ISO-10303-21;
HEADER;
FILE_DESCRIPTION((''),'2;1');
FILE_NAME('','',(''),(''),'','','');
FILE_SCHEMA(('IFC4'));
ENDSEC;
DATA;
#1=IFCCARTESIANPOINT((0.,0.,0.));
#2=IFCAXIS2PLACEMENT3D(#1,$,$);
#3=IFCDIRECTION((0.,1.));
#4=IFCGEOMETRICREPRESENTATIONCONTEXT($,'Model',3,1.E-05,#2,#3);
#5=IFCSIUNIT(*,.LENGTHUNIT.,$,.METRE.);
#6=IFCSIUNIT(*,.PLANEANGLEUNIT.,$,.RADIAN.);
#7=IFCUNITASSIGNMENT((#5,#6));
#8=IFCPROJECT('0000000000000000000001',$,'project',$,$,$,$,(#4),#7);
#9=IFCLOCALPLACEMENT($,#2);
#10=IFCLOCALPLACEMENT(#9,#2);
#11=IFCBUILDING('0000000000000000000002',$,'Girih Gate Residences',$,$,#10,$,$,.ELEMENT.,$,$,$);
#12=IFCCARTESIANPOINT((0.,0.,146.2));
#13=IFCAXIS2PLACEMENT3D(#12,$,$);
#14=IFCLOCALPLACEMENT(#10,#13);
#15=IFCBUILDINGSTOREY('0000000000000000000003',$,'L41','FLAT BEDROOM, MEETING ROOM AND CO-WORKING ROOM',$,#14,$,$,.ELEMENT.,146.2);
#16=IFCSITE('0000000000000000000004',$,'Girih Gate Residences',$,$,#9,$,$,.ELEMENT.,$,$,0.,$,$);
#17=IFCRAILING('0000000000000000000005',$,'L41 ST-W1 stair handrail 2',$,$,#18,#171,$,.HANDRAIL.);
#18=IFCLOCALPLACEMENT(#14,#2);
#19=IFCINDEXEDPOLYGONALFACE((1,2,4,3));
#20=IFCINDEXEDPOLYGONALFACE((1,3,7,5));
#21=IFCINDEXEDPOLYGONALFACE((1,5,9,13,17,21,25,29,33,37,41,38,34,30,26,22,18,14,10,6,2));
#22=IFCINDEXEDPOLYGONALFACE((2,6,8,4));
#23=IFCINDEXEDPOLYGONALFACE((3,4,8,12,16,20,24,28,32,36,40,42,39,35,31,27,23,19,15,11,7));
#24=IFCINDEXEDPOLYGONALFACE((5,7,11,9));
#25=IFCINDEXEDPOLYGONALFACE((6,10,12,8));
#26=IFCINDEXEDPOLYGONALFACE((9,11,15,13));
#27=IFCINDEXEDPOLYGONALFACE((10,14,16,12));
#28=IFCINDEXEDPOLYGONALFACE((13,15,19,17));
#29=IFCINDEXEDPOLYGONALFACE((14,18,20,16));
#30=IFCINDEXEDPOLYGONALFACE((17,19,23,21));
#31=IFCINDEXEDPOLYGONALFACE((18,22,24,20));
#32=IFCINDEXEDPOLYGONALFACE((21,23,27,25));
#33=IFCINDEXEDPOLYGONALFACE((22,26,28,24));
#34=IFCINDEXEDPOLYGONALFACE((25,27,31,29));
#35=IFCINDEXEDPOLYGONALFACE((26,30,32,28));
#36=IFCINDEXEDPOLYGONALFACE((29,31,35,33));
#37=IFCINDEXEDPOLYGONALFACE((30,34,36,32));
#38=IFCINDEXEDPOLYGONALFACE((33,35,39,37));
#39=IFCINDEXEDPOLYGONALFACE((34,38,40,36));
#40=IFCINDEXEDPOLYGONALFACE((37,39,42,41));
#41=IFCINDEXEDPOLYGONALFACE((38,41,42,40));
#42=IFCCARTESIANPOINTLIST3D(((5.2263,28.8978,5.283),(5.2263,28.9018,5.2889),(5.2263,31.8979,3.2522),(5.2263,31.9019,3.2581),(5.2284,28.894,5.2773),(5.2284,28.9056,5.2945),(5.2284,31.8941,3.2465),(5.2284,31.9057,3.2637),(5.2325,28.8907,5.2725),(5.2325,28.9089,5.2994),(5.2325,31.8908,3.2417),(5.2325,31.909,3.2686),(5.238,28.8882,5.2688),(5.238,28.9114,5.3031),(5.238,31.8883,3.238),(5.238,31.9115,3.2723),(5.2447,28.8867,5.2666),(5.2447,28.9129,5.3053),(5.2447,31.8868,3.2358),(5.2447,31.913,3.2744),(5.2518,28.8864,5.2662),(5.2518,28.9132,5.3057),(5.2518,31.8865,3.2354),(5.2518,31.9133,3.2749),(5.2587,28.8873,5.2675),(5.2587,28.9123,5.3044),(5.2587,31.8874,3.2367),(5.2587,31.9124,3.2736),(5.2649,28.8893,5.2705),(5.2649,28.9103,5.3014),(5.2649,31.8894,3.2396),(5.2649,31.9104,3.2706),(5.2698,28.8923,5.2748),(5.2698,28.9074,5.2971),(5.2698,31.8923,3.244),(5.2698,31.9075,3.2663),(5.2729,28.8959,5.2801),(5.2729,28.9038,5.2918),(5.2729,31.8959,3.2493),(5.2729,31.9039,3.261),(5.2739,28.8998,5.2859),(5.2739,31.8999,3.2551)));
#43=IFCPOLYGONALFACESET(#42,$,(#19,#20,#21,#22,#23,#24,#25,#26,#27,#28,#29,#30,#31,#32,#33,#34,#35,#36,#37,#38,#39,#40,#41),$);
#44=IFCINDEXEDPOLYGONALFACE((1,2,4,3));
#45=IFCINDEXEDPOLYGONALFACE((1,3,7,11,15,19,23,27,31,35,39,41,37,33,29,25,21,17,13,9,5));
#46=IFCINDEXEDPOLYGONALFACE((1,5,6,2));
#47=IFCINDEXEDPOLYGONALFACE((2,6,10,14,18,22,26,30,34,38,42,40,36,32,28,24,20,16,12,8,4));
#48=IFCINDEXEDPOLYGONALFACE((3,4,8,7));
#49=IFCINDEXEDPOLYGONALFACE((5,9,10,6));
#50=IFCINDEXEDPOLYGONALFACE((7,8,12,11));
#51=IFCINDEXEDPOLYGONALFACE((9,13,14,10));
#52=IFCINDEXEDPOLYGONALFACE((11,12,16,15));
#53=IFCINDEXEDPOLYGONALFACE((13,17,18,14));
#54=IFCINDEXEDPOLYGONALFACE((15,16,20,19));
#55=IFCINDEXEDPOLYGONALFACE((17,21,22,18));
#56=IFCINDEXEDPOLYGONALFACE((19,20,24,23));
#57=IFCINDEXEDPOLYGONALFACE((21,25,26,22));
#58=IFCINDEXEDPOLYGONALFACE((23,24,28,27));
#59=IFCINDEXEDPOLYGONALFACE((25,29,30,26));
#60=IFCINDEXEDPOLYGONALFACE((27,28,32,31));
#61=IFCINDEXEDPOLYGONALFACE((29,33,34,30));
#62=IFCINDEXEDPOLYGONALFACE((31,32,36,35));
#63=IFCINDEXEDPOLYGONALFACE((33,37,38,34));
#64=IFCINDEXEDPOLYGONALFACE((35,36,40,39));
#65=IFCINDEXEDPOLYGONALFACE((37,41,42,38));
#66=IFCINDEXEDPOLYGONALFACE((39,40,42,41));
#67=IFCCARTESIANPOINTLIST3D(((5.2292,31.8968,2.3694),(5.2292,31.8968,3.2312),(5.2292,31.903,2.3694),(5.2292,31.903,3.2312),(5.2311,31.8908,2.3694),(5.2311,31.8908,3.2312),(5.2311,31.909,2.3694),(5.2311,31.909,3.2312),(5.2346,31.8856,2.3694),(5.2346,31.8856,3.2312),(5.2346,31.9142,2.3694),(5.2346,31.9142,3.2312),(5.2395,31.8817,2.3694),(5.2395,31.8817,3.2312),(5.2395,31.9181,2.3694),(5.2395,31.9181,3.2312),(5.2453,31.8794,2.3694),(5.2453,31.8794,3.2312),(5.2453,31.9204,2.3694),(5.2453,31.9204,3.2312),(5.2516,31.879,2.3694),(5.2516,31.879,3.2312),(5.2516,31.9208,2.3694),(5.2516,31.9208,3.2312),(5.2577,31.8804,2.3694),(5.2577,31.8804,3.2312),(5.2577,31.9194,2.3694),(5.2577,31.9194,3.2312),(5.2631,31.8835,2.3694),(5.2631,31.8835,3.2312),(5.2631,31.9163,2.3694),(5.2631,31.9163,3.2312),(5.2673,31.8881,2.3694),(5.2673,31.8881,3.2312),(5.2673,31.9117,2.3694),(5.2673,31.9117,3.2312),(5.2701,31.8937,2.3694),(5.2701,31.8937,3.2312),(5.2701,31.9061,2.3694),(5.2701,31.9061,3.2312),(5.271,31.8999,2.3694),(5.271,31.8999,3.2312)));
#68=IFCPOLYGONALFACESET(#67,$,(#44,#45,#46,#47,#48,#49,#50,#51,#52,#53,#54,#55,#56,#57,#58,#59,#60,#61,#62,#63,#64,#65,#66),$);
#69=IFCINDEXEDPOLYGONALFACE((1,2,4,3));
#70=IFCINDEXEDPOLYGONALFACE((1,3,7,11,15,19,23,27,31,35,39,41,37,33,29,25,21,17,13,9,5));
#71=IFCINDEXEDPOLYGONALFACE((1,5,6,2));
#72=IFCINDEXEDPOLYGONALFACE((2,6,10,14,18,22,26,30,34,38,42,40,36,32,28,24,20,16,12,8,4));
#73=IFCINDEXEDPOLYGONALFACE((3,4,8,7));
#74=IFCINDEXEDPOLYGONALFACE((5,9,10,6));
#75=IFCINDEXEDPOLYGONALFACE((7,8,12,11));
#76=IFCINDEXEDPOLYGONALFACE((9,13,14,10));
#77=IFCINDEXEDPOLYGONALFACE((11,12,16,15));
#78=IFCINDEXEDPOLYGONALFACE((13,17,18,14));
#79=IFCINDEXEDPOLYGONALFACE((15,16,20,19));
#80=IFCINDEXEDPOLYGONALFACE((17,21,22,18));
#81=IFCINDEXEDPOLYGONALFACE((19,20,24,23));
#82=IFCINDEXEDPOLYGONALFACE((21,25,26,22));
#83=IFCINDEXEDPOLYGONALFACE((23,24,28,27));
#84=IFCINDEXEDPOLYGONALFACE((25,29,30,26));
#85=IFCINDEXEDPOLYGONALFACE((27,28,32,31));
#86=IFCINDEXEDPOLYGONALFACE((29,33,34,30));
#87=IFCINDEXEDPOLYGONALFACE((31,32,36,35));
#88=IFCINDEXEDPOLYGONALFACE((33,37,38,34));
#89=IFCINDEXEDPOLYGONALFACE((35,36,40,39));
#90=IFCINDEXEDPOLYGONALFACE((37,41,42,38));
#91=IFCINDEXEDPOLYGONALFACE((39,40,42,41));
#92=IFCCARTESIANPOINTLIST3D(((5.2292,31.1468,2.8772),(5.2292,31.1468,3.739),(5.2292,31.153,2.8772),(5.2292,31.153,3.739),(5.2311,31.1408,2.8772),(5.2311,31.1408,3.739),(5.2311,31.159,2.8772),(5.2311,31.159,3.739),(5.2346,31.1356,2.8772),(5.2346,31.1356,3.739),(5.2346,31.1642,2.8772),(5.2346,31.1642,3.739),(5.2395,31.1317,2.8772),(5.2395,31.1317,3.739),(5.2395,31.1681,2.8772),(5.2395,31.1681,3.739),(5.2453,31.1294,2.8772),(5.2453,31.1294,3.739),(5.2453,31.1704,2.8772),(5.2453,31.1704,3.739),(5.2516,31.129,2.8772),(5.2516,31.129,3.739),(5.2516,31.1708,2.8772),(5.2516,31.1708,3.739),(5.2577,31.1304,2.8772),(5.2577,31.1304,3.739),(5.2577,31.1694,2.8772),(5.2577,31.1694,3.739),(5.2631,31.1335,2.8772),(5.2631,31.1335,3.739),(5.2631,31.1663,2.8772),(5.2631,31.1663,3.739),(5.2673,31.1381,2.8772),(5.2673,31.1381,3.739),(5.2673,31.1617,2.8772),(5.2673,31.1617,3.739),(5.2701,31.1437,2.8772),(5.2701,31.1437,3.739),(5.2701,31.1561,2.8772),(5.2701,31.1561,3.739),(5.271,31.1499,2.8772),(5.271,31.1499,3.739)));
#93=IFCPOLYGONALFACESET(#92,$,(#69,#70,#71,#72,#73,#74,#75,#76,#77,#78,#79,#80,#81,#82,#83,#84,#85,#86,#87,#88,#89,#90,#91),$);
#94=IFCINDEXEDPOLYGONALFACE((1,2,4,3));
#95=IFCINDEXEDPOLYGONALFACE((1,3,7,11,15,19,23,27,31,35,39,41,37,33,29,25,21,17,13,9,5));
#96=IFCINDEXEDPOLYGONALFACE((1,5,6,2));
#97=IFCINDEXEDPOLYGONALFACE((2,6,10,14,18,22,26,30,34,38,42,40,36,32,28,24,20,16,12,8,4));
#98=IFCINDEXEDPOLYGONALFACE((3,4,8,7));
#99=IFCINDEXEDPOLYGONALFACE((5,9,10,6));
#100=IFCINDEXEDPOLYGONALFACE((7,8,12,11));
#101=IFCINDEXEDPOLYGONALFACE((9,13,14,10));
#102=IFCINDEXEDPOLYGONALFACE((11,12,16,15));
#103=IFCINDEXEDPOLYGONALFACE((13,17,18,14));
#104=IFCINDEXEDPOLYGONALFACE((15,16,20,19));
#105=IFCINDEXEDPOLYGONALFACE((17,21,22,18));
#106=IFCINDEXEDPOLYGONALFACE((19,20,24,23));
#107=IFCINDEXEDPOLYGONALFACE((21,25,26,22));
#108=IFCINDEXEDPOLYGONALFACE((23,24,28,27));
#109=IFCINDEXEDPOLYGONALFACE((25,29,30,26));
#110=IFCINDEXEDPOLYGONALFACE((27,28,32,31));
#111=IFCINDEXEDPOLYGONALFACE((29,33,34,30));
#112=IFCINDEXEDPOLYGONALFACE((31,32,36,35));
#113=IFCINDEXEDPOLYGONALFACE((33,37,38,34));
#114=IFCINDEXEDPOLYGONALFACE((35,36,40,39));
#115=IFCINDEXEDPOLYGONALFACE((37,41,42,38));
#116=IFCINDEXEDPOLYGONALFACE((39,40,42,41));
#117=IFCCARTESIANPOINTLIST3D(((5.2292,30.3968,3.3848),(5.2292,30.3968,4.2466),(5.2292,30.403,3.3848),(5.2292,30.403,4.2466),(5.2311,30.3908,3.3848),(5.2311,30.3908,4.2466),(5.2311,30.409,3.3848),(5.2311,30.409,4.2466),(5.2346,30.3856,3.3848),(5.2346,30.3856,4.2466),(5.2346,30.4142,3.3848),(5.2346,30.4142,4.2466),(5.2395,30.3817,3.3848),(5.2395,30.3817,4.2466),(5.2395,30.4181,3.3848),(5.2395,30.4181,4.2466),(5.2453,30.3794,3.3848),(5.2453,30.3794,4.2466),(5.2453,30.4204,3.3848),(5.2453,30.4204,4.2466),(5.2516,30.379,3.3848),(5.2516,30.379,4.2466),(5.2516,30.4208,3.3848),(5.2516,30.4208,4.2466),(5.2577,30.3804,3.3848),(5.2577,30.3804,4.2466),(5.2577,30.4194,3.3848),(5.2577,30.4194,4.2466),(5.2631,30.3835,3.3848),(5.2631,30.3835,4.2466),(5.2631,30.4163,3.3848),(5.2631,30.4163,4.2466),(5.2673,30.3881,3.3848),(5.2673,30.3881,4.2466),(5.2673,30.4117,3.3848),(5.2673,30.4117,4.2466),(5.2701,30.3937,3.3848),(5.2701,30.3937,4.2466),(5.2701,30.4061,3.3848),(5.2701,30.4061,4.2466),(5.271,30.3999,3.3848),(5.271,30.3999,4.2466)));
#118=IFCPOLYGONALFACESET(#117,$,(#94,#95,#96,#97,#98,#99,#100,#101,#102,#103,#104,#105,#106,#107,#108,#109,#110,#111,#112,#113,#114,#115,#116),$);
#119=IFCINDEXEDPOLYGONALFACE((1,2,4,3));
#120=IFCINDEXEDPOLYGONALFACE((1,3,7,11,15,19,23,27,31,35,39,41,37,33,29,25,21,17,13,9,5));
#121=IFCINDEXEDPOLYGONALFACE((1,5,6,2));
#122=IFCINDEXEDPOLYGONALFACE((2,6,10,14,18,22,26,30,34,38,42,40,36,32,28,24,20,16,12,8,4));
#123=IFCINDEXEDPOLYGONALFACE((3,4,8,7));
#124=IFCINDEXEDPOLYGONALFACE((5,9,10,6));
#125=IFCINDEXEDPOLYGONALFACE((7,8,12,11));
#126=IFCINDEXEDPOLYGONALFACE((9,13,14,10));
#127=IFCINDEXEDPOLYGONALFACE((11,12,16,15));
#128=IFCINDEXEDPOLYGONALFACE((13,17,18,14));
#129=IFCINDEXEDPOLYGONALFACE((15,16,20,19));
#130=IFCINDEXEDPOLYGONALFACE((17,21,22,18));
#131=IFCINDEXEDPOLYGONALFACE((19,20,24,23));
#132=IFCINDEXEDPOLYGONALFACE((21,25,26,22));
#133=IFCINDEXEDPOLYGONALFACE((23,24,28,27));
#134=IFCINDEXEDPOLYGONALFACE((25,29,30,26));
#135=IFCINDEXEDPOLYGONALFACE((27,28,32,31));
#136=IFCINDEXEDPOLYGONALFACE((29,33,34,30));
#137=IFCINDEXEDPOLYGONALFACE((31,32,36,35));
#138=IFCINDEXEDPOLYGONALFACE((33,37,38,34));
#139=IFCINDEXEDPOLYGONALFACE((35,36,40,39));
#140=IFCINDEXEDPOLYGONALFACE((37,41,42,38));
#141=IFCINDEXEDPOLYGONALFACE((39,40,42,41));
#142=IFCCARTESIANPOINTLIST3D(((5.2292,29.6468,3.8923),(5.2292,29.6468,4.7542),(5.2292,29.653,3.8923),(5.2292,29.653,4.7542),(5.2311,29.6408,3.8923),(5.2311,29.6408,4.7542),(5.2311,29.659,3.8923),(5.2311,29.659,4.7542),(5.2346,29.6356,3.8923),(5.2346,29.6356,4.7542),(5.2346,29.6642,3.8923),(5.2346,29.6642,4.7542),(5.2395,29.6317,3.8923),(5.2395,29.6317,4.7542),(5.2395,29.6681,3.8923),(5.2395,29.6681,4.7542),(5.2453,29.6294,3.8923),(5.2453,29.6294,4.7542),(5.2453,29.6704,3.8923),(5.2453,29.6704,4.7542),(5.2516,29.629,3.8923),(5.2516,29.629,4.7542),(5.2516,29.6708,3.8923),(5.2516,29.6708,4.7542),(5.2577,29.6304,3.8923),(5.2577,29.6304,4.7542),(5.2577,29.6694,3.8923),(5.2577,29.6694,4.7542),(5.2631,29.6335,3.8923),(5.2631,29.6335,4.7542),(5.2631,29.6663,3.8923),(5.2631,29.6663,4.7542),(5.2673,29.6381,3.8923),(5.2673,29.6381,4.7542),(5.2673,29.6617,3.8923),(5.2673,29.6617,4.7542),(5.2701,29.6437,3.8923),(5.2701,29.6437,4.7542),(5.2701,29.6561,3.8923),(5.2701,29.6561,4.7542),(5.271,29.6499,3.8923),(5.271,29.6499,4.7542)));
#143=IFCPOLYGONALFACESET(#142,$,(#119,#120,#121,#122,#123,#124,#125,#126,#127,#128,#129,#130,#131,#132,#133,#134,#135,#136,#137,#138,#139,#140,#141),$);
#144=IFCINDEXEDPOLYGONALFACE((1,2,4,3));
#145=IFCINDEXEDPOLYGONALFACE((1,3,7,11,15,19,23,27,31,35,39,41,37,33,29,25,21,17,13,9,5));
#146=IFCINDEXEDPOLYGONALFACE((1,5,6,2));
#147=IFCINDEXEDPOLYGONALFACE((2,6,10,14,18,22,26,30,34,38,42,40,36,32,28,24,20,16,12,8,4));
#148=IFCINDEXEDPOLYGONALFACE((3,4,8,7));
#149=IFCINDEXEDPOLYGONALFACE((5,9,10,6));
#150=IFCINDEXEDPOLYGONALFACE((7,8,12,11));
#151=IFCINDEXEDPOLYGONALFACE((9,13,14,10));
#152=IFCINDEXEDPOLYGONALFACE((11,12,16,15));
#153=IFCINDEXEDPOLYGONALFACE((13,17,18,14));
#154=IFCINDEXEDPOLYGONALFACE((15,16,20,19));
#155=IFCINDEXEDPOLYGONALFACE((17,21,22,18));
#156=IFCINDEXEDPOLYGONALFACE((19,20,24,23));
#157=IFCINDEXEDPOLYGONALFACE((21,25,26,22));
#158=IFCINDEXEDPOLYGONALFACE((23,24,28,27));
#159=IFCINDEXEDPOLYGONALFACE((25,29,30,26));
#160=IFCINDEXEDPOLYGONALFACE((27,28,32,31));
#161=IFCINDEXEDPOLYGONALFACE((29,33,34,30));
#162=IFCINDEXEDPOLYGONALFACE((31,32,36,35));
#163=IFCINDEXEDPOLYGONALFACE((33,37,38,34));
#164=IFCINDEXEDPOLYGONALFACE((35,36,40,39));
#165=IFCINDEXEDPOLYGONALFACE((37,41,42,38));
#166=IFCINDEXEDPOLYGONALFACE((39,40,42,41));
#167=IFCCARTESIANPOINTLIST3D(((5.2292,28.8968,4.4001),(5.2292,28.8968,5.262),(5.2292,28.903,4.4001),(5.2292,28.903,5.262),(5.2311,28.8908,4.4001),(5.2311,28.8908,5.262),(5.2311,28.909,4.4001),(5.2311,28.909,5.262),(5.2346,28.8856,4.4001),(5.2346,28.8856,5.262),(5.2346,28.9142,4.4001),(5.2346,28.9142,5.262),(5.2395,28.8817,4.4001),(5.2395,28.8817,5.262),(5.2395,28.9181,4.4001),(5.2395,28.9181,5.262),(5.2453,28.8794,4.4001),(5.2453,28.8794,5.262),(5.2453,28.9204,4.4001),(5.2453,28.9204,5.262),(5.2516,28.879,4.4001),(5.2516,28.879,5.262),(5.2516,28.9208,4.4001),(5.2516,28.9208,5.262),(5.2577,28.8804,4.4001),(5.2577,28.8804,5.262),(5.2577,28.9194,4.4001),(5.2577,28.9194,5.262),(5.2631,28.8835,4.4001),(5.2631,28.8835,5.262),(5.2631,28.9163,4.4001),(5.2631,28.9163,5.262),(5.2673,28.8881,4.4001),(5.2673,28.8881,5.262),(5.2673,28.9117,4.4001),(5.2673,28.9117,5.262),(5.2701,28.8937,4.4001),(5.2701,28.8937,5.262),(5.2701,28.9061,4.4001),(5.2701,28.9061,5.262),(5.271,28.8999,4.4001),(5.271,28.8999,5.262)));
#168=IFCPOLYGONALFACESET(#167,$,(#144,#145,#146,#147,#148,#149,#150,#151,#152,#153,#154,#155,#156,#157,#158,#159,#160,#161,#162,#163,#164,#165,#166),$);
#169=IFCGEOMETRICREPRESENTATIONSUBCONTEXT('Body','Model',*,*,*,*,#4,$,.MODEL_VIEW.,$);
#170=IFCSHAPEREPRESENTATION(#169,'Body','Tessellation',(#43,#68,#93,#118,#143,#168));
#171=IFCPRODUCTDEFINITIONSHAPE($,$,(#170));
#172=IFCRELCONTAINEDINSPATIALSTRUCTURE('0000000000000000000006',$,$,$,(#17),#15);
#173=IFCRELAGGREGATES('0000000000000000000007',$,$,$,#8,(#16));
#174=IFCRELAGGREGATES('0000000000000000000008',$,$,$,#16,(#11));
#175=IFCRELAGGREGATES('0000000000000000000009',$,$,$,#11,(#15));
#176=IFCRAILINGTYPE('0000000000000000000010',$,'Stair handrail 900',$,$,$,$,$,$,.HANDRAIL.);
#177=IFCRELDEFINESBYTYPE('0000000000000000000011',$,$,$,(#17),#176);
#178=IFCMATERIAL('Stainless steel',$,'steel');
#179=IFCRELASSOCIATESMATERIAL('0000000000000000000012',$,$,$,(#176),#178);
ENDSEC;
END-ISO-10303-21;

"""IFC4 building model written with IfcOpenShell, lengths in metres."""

from ifc_helpers import new_model, si_unit, direction, frame, origin, origin_2d, place, context, subcontext, project, spatial, circle, extrude, material, type_object, element, save


model = new_model("IFC4")

# Units and contexts
model_context = context("Model", 3, precision=1e-05, world=origin(), true_north=direction((0.0, 1.0)))
body_context = subcontext(model_context, "Body", "Model", "MODEL_VIEW")
ifc_project = project(units=[si_unit("LENGTHUNIT", "METRE"), si_unit("PLANEANGLEUNIT", "RADIAN")], contexts=[model_context])

# Site, building, storey
site_placement = place(None, origin())
site = spatial("IfcSite", under=ifc_project, at=site_placement, Name="Girih Gate Residences", CompositionType="ELEMENT", RefElevation=0.0)
building_placement = place(site_placement, origin())
building = spatial("IfcBuilding", under=site, at=building_placement, Name="Girih Gate Residences", CompositionType="ELEMENT")
storey_placement = place(building_placement, frame((0.0, 0.0, 146.2)))
storey = spatial("IfcBuildingStorey", under=building, at=storey_placement, Name="L41", Description="FLAT BEDROOM, MEETING ROOM AND CO-WORKING ROOM", CompositionType="ELEMENT", Elevation=146.2)

# Shared definitions
ifc_material_1 = material(Name="Stainless steel", Category="steel")

# Railing
railing_type_1 = type_object("IfcRailingType", Name="Stair handrail 900", PredefinedType="HANDRAIL", material=ifc_material_1)
railing_1_placement = place(storey_placement, frame((5.25, 31.8999, 2.3694)))
element("IfcRailing", 1, at=railing_1_placement, inside=storey, type_object=railing_type_1, Name="L41 ST-W1 stair handrail 2", PredefinedType="HANDRAIL", context=body_context, shape_type="SweptSolid", body=[
    extrude(circle(Radius=0.0239, at=origin_2d()), frame((0.0, 0.0, 0.8857), z_axis=(0.0, -0.82811, 0.560565), x_axis=(1.0, 0.0, 0.0)), (0.0, 0.0, 1.0), 3.6228),
    extrude(circle(Radius=0.021, at=origin_2d()), origin(), (0.0, 0.0, 1.0), 0.8618),
    extrude(circle(Radius=0.021, at=origin_2d()), frame((0.0, -0.75, 0.5078)), (0.0, 0.0, 1.0), 0.8618),
    extrude(circle(Radius=0.021, at=origin_2d()), frame((0.0, -1.5, 1.0154)), (0.0, 0.0, 1.0), 0.8618),
    extrude(circle(Radius=0.021, at=origin_2d()), frame((0.0, -2.25, 1.5229)), (0.0, 0.0, 1.0), 0.8618),
    extrude(circle(Radius=0.021, at=origin_2d()), frame((0.0, -3.0, 2.0308)), (0.0, 0.0, 1.0), 0.8618),
])

save(model, "model.ifc")
